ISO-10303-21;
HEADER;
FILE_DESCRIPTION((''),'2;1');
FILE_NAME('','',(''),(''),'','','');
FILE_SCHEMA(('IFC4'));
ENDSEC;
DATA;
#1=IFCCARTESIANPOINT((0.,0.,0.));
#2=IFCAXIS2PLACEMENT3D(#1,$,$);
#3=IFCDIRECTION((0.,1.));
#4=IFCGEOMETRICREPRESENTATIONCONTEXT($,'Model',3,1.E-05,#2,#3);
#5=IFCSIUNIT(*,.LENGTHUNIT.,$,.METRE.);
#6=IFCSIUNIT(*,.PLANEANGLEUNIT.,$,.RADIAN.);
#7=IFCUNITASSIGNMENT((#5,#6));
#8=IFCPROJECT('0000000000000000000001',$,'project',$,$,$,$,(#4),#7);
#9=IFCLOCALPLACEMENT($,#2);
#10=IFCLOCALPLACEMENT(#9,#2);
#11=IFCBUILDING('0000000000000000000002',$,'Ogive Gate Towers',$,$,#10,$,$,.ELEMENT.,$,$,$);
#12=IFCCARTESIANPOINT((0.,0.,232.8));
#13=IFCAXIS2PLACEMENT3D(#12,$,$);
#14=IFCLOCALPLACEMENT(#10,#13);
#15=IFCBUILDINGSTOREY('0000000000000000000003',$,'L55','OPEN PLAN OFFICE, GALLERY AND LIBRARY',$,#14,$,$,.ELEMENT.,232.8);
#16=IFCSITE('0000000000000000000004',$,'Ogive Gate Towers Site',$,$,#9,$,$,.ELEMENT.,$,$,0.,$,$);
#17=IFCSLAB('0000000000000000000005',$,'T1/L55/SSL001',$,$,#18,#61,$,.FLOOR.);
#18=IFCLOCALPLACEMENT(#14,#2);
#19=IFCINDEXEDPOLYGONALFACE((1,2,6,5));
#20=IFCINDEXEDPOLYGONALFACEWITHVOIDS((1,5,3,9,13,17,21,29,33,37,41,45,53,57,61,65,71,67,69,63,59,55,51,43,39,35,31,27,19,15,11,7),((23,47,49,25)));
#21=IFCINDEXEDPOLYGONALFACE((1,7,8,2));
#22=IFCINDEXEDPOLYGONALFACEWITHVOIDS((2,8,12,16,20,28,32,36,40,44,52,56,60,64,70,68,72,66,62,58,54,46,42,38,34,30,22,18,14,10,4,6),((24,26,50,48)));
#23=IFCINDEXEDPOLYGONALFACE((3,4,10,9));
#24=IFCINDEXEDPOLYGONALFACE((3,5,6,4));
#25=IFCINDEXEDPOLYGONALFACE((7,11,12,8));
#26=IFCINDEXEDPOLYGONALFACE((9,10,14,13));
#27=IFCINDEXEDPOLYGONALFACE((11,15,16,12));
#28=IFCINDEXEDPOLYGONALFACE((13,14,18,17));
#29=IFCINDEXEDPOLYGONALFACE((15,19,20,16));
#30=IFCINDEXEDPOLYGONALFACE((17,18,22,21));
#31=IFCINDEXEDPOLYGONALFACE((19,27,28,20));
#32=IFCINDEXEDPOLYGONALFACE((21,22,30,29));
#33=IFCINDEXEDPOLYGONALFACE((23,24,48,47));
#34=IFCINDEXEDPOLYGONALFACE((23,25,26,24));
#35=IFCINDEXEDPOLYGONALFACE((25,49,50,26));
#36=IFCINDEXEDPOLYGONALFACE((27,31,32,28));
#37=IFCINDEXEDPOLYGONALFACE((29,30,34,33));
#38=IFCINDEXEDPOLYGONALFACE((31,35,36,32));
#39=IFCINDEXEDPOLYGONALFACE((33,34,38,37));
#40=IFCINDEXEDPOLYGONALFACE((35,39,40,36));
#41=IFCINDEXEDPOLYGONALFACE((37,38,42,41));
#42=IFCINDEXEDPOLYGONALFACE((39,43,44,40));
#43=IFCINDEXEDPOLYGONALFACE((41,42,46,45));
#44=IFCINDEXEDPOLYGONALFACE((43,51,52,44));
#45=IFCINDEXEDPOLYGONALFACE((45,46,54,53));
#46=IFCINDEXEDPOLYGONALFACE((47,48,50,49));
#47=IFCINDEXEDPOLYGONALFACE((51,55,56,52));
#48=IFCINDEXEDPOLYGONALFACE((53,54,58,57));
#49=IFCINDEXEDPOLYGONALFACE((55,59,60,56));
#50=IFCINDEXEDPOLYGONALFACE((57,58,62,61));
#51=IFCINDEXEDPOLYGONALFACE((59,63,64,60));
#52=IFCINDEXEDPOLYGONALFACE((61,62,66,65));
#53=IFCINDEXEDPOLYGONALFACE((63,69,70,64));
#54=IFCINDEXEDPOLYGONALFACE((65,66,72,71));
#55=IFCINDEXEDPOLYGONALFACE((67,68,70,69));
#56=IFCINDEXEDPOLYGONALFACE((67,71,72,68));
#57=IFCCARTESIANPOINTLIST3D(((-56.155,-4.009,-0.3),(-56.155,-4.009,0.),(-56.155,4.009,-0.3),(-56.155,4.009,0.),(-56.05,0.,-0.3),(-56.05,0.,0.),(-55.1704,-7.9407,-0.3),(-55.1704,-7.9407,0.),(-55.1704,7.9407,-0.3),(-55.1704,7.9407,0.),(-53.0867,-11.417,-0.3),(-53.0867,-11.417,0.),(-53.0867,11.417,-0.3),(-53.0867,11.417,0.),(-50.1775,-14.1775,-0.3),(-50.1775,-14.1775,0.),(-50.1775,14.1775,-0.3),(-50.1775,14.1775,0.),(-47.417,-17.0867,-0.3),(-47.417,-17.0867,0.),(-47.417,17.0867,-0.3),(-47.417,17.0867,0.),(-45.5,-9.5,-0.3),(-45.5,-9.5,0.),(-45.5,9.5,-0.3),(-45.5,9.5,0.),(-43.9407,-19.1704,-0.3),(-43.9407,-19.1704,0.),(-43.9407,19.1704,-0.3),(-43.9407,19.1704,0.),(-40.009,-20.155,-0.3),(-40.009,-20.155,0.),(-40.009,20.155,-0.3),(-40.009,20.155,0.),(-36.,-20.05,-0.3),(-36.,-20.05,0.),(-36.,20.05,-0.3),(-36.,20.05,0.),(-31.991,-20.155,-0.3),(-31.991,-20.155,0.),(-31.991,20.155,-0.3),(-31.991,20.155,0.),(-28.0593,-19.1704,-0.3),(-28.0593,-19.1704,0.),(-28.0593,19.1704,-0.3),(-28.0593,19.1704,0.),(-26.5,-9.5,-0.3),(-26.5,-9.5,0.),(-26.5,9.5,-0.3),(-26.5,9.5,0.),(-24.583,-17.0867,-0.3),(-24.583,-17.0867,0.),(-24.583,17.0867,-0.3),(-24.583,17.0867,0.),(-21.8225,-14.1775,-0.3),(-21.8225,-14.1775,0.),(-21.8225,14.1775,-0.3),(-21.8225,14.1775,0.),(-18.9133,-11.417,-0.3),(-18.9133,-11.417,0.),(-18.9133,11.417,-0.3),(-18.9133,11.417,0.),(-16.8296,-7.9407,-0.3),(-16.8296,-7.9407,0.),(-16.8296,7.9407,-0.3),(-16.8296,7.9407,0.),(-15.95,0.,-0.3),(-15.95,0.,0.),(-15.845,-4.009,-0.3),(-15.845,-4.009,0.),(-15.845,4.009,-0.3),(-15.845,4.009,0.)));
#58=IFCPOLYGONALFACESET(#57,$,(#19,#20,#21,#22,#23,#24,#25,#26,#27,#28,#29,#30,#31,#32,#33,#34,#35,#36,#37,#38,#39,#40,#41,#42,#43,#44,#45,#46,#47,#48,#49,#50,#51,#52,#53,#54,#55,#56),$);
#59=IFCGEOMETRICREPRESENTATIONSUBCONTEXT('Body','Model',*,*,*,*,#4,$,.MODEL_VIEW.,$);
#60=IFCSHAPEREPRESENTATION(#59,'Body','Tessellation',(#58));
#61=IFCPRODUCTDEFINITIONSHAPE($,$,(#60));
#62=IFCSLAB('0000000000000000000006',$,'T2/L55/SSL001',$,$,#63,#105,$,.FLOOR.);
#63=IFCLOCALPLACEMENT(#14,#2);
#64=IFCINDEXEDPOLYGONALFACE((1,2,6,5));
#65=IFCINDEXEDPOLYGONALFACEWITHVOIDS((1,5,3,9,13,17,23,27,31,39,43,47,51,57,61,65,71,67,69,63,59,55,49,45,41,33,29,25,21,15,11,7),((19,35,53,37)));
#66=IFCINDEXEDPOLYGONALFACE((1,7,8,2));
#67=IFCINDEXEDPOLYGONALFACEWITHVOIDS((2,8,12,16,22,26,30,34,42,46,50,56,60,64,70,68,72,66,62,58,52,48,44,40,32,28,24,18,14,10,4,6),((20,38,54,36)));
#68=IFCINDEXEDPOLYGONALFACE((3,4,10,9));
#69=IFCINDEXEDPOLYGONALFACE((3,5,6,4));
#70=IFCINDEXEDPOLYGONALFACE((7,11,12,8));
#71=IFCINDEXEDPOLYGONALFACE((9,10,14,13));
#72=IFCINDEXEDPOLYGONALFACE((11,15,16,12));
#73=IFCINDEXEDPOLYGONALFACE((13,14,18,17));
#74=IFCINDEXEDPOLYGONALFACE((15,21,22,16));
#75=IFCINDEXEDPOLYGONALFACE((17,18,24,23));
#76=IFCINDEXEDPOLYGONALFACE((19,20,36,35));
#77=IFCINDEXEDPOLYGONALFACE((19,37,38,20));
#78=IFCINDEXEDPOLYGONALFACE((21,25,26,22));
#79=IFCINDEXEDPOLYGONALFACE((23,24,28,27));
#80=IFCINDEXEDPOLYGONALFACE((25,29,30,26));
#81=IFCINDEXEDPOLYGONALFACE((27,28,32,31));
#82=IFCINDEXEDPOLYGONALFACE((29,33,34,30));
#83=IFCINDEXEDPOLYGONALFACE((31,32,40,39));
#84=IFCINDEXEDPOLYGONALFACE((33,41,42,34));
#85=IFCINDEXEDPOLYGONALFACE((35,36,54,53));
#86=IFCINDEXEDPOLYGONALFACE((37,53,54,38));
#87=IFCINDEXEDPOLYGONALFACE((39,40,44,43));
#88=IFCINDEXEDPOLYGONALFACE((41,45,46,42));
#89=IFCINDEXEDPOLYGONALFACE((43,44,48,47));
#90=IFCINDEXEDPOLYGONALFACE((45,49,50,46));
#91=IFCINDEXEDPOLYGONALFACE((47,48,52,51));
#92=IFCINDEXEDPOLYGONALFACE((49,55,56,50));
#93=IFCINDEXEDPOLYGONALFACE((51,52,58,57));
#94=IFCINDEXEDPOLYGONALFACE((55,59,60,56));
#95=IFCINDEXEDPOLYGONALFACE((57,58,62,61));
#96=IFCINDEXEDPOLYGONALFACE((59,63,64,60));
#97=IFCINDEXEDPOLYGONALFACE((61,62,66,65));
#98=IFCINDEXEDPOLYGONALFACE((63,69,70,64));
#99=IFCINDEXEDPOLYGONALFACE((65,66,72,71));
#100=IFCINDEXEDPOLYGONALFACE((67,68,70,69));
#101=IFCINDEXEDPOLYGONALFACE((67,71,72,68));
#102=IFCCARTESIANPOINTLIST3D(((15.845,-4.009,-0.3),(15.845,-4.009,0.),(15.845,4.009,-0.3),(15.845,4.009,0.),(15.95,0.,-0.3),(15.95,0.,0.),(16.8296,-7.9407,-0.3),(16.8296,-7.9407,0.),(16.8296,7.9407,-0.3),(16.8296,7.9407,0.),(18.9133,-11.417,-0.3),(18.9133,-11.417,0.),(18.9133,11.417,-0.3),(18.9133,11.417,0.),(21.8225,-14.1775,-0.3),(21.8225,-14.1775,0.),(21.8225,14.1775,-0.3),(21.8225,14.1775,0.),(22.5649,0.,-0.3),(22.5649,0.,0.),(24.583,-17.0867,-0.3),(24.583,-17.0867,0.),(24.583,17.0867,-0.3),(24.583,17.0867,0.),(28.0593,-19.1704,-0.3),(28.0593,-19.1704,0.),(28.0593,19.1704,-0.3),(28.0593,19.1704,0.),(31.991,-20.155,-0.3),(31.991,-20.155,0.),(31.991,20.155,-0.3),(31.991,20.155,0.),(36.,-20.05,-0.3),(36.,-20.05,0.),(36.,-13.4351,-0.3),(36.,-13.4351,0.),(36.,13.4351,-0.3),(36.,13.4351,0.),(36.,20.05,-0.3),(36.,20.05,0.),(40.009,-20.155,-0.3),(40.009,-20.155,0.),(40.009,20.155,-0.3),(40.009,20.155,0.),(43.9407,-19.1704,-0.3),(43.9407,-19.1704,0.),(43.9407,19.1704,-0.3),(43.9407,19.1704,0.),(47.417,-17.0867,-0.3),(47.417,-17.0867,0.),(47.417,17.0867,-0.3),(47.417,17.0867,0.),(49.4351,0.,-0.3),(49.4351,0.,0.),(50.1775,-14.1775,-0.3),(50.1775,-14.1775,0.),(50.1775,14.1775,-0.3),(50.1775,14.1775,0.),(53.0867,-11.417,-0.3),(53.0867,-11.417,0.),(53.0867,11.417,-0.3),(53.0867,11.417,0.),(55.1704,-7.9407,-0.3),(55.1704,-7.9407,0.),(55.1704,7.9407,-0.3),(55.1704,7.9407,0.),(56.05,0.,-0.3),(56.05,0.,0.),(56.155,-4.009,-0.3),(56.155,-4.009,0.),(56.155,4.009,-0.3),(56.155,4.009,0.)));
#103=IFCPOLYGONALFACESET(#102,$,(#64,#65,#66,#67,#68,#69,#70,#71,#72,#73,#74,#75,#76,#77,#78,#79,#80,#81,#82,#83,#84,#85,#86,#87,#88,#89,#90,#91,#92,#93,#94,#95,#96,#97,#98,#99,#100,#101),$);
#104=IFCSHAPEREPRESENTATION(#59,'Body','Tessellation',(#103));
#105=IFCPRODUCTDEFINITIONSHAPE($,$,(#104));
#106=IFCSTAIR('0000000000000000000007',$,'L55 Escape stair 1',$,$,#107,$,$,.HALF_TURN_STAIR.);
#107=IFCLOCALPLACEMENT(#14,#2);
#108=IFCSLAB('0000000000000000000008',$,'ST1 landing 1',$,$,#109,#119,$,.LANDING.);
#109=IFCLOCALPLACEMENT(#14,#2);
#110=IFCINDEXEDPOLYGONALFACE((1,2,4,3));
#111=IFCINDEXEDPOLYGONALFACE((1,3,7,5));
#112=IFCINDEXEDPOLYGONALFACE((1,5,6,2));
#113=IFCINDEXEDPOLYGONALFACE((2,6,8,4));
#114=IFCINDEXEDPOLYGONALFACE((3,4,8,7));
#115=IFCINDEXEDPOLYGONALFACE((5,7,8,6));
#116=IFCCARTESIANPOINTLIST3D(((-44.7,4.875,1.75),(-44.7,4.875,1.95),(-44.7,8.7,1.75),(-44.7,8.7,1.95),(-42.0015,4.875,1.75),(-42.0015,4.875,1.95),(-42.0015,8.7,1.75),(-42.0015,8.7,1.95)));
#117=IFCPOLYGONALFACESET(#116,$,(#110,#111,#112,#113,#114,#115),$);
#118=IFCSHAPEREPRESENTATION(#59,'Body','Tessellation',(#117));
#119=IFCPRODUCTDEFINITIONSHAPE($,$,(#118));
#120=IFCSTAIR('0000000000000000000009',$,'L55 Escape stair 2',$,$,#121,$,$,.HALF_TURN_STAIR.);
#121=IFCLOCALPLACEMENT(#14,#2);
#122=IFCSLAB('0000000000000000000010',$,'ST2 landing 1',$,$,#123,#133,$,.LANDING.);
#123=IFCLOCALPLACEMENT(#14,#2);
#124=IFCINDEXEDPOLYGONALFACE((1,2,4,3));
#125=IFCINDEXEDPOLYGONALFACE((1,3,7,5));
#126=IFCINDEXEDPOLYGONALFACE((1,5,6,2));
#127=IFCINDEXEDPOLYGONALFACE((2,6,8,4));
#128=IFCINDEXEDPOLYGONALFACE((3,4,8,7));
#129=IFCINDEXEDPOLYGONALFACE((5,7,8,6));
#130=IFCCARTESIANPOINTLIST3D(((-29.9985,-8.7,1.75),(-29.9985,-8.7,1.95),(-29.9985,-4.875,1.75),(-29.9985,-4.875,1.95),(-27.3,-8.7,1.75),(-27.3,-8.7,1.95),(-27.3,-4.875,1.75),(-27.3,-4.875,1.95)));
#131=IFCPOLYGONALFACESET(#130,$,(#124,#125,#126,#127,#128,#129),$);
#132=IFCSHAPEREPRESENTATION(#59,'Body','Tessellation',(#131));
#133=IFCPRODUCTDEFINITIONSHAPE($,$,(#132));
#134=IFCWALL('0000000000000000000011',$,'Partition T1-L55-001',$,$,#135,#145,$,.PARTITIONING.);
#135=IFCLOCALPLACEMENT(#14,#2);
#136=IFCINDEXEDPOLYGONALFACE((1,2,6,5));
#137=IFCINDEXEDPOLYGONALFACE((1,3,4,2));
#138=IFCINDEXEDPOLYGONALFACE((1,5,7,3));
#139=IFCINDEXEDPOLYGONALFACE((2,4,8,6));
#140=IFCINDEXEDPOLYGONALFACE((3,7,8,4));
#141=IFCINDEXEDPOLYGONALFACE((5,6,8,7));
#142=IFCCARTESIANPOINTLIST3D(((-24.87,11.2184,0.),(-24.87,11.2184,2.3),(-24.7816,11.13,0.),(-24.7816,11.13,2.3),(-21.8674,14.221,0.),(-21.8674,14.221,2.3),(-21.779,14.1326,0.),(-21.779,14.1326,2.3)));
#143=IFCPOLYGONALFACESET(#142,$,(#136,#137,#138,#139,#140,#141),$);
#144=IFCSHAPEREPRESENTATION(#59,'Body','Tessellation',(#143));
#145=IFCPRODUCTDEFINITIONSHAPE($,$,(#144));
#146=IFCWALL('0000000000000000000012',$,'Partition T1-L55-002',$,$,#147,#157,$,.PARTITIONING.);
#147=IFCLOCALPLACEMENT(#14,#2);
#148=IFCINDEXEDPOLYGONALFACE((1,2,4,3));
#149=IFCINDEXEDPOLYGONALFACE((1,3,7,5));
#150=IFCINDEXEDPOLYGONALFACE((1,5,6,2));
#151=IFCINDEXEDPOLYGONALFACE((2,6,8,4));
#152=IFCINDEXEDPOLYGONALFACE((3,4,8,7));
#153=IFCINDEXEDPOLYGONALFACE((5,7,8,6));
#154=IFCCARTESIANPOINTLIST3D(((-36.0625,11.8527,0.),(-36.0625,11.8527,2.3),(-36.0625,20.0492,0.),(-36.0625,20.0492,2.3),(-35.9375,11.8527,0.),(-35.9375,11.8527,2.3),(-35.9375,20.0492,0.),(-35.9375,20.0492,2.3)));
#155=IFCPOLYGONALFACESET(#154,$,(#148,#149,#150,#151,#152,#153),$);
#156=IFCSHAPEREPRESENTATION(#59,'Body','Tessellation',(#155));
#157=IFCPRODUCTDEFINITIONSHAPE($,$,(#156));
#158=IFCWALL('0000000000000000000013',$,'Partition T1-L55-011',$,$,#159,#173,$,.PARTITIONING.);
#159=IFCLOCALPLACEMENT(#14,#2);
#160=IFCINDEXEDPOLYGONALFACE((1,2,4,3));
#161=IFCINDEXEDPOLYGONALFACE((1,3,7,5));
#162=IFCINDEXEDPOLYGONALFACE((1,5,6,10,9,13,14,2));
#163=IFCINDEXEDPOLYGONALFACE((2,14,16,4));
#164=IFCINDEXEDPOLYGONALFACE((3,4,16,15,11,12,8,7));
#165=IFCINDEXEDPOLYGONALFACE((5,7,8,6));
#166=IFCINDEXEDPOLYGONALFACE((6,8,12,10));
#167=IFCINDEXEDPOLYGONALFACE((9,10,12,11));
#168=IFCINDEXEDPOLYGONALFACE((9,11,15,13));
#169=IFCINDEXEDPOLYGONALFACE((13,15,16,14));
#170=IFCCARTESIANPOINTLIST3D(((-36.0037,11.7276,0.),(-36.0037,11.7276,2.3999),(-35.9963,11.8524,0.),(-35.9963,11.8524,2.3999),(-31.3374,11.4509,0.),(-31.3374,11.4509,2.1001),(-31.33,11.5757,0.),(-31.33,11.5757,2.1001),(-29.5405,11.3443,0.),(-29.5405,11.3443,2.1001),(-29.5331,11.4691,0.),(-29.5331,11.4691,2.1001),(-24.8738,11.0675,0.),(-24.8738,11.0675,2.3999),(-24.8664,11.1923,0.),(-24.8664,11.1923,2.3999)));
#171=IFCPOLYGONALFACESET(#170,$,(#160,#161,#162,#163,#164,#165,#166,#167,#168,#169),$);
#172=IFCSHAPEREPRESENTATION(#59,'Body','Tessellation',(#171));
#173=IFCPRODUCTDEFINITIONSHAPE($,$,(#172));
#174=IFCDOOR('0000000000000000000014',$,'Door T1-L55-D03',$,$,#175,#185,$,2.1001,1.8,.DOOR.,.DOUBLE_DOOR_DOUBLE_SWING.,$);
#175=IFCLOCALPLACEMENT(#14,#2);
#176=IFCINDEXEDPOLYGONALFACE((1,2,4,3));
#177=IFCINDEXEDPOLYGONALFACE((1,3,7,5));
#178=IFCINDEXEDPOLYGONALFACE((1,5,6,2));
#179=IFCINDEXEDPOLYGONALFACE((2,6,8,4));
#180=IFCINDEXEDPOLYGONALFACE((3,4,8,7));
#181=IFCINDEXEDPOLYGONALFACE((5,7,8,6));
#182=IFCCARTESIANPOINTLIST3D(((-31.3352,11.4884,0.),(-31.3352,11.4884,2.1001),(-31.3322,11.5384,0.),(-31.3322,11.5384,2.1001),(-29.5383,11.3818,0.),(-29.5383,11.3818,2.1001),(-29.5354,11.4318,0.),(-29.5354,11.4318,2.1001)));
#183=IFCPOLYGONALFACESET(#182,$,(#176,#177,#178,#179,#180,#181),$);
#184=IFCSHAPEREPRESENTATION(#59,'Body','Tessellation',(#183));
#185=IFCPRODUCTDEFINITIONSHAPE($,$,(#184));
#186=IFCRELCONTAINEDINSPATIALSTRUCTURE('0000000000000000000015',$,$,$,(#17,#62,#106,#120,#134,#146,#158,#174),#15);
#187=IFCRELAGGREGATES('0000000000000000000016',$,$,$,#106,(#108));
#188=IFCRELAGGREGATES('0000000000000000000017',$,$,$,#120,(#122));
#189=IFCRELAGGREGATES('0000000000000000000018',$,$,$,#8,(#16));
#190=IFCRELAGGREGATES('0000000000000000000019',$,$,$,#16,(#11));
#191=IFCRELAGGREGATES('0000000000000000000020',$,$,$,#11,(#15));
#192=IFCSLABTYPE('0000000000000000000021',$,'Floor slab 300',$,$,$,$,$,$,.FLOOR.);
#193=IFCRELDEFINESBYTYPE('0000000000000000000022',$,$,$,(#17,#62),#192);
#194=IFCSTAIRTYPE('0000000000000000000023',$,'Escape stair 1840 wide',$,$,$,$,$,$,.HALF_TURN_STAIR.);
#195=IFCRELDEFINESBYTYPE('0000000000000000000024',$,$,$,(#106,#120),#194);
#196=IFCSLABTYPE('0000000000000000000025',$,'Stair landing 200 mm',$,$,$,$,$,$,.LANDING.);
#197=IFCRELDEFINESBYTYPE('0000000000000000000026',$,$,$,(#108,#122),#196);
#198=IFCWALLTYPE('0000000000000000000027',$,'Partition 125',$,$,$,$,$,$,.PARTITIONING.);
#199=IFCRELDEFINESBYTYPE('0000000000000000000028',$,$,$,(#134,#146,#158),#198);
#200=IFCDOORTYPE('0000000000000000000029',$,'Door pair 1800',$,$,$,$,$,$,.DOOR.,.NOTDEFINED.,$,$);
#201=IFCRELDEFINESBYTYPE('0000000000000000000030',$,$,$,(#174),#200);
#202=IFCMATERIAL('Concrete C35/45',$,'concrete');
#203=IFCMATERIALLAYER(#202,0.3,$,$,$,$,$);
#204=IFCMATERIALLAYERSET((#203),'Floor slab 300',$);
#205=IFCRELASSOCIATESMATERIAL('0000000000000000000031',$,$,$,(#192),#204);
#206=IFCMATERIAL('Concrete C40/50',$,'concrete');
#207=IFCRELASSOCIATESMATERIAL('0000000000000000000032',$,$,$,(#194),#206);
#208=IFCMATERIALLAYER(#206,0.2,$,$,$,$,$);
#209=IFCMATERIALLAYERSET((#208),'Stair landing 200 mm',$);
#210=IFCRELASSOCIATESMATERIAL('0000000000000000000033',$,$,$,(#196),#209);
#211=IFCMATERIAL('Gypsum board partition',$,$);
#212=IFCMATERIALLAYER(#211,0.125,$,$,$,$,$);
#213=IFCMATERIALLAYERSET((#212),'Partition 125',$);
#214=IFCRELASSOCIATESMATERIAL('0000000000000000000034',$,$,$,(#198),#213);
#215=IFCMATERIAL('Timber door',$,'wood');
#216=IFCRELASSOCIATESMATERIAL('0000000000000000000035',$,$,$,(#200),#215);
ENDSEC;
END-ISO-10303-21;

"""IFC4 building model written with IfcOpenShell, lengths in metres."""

from ifc_helpers import new_model, si_unit, direction, frame, frame_2d, origin, place, context, subcontext, project, spatial, polyline, rectangle, outline, extrude, material, layer, layer_set, type_object, element, fill, aggregate, save


model = new_model("IFC4")

# Units and contexts
model_context = context("Model", 3, precision=1e-05, world=origin(), true_north=direction((0.0, 1.0)))
body_context = subcontext(model_context, "Body", "Model", "MODEL_VIEW")
ifc_project = project(units=[si_unit("LENGTHUNIT", "METRE"), si_unit("PLANEANGLEUNIT", "RADIAN")], contexts=[model_context])

# Site, building, storey
site_placement = place(None, origin())
site = spatial("IfcSite", under=ifc_project, at=site_placement, Name="Ogive Gate Towers Site", CompositionType="ELEMENT", RefElevation=0.0)
building_placement = place(site_placement, origin())
building = spatial("IfcBuilding", under=site, at=building_placement, Name="Ogive Gate Towers", CompositionType="ELEMENT")
storey_placement = place(building_placement, frame((0.0, 0.0, 232.8)))
storey = spatial("IfcBuildingStorey", under=building, at=storey_placement, Name="L55", Description="OPEN PLAN OFFICE, GALLERY AND LIBRARY", CompositionType="ELEMENT", Elevation=232.8)

# Slabs
ifc_material_1 = material(Name="Concrete C40/50", Category="concrete")
ifc_material_2 = material(Name="Concrete C35/45", Category="concrete")
ifc_layer_1 = layer(ifc_material_2, 0.3)
ifc_layer_set_1 = layer_set([ifc_layer_1], Name="Floor slab 300")
slab_type_1 = type_object("IfcSlabType", Name="Floor slab 300", PredefinedType="FLOOR", material=ifc_layer_set_1)
slab_1_placement = place(storey_placement, frame((0.0, 0.0, -0.3)))
element("IfcSlab", 1, at=slab_1_placement, inside=storey, type_object=slab_type_1, Name="T1/L55/SSL001", PredefinedType="FLOOR", context=body_context, shape_type="SweptSolid", body=[
    extrude(outline(polyline([(-15.845, -4.009), (-15.95, 0.0), (-15.845, 4.009), (-16.8296, 7.9407), (-18.9133, 11.417), (-21.8225, 14.1775), (-24.583, 17.0867), (-28.0593, 19.1704), (-31.991, 20.155), (-36.0, 20.05), (-40.009, 20.155), (-43.9407, 19.1704), (-47.417, 17.0867), (-50.1775, 14.1775), (-53.0867, 11.417), (-55.1704, 7.9407), (-56.155, 4.009), (-56.05, 0.0), (-56.155, -4.009), (-55.1704, -7.9407), (-53.0867, -11.417), (-50.1775, -14.1775), (-47.417, -17.0867), (-43.9407, -19.1704), (-40.009, -20.155), (-36.0, -20.05), (-31.991, -20.155), (-28.0593, -19.1704), (-24.583, -17.0867), (-21.8225, -14.1775), (-18.9133, -11.417), (-16.8296, -7.9407), (-15.845, -4.009)]), holes=[polyline([(-26.5, -9.5), (-45.5, -9.5), (-45.5, 9.5), (-26.5, 9.5), (-26.5, -9.5)])]), origin(), (0.0, 0.0, 1.0), 0.3),
])
slab_2_placement = place(storey_placement, frame((0.0, 0.0, -0.3)))
element("IfcSlab", 2, at=slab_2_placement, inside=storey, type_object=slab_type_1, Name="T2/L55/SSL001", PredefinedType="FLOOR", context=body_context, shape_type="SweptSolid", body=[
    extrude(outline(polyline([(56.155, -4.009), (56.05, 0.0), (56.155, 4.009), (55.1704, 7.9407), (53.0867, 11.417), (50.1775, 14.1775), (47.417, 17.0867), (43.9407, 19.1704), (40.009, 20.155), (36.0, 20.05), (31.991, 20.155), (28.0593, 19.1704), (24.583, 17.0867), (21.8225, 14.1775), (18.9133, 11.417), (16.8296, 7.9407), (15.845, 4.009), (15.95, 0.0), (15.845, -4.009), (16.8296, -7.9407), (18.9133, -11.417), (21.8225, -14.1775), (24.583, -17.0867), (28.0593, -19.1704), (31.991, -20.155), (36.0, -20.05), (40.009, -20.155), (43.9407, -19.1704), (47.417, -17.0867), (50.1775, -14.1775), (53.0867, -11.417), (55.1704, -7.9407), (56.155, -4.009)]), holes=[polyline([(49.4351, 0.0), (36.0, -13.4351), (22.5649, 0.0), (36.0, 13.4351), (49.4351, 0.0)])]), origin(), (0.0, 0.0, 1.0), 0.3),
])

# Stairs, slabs
stair_type = type_object("IfcStairType", Name="Escape stair 1840 wide", PredefinedType="HALF_TURN_STAIR", material=ifc_material_1)
stair_1_placement = place(storey_placement, origin())
stair_1 = element("IfcStair", 3, at=stair_1_placement, inside=storey, type_object=stair_type, Name="L55 Escape stair 1", PredefinedType="HALF_TURN_STAIR")
ifc_layer_2 = layer(ifc_material_1, 0.2)
ifc_layer_set_2 = layer_set([ifc_layer_2], Name="Stair landing 200 mm")
slab_type_2 = type_object("IfcSlabType", Name="Stair landing 200 mm", PredefinedType="LANDING", material=ifc_layer_set_2)
slab_3_placement = place(storey_placement, frame((0.0, 0.0, 1.75)))
slab_3 = element("IfcSlab", 4, at=slab_3_placement, type_object=slab_type_2, Name="ST1 landing 1", PredefinedType="LANDING", context=body_context, shape_type="SweptSolid", body=[
    extrude(outline(polyline([(-42.0015, 8.7), (-44.7, 8.7), (-44.7, 4.875), (-42.0015, 4.875), (-42.0015, 8.7)])), origin(), (0.0, 0.0, 1.0), 0.2),
])
aggregate(stair_1, [slab_3])
stair_2_placement = place(storey_placement, origin())
stair_2 = element("IfcStair", 5, at=stair_2_placement, inside=storey, type_object=stair_type, Name="L55 Escape stair 2", PredefinedType="HALF_TURN_STAIR")
slab_4_placement = place(storey_placement, frame((0.0, 0.0, 1.75)))
slab_4 = element("IfcSlab", 6, at=slab_4_placement, type_object=slab_type_2, Name="ST2 landing 1", PredefinedType="LANDING", context=body_context, shape_type="SweptSolid", body=[
    extrude(outline(polyline([(-29.9985, -8.7), (-27.3, -8.7), (-27.3, -4.875), (-29.9985, -4.875), (-29.9985, -8.7)])), origin(), (0.0, 0.0, 1.0), 0.2),
])
aggregate(stair_2, [slab_4])

# Walls
ifc_material_3 = material(Name="Gypsum board partition")
ifc_layer_3 = layer(ifc_material_3, 0.125)
ifc_layer_set_3 = layer_set([ifc_layer_3], Name="Partition 125")
wall_type_1 = type_object("IfcWallType", Name="Partition 125", PredefinedType="PARTITIONING", material=ifc_layer_set_3)
wall_1_placement = place(storey_placement, frame((-21.8232, 14.1768, 0.0), z_axis=(0.0, 0.0, 1.0), x_axis=(-0.707107, -0.707107, 0.0)))
element("IfcWall", 7, at=wall_1_placement, inside=storey, type_object=wall_type_1, Name="Partition T1-L55-001", PredefinedType="PARTITIONING", context=body_context, shape_type="SweptSolid", body=[
    extrude(rectangle(XDim=4.2463, YDim=0.125, at=frame_2d((2.123, 0.0))), origin(), (0.0, 0.0, 1.0), 2.3),
])
wall_2_placement = place(storey_placement, frame((-36.0, 20.0491, 0.0), z_axis=(0.0, 0.0, 1.0), x_axis=(0.0, -1.0, 0.0)))
element("IfcWall", 8, at=wall_2_placement, inside=storey, type_object=wall_type_1, Name="Partition T1-L55-002", PredefinedType="PARTITIONING", context=body_context, shape_type="SweptSolid", body=[
    extrude(rectangle(XDim=8.1965, YDim=0.125, at=frame_2d((4.0981, 0.0))), origin(), (0.0, 0.0, 1.0), 2.3),
])

# Wall, opening, door
wall_3_placement = place(storey_placement, frame((-24.8701, 11.1299, 0.0), z_axis=(0.0, 0.0, 1.0), x_axis=(-0.998246, 0.05921, 0.0)))
wall_3 = element("IfcWall", 9, at=wall_3_placement, inside=storey, type_object=wall_type_1, Name="Partition T1-L55-011", PredefinedType="PARTITIONING", context=body_context, shape_type="SweptSolid", body=[
    extrude(rectangle(XDim=11.1494, YDim=0.125, at=frame_2d((5.5747, 0.0))), origin(), (0.0, 0.0, 1.0), 2.3999),
])
opening_1_placement = place(wall_3_placement, frame((4.675, 0.0, 0.0)))
opening_1 = element("IfcOpeningElement", 10, at=opening_1_placement, cuts=wall_3, PredefinedType="OPENING", context=body_context, shape_type="SweptSolid", body=[
    extrude(rectangle(XDim=1.8, YDim=2.1001, at=frame_2d((0.8999, 1.05))), frame((0.0, 0.0725, 0.0), z_axis=(0.0, -1.0, 0.0), x_axis=(1.0, 0.0, 0.0)), (0.0, 0.0, 1.0), 0.145),
])
ifc_material_4 = material(Name="Timber door", Category="wood")
door_type_1 = type_object("IfcDoorType", Name="Door pair 1800", OperationType="NOTDEFINED", PredefinedType="DOOR", material=ifc_material_4)
door_1_placement = place(opening_1_placement, origin())
door_1 = element("IfcDoor", 11, at=door_1_placement, inside=storey, type_object=door_type_1, Name="Door T1-L55-D03", OperationType="DOUBLE_DOOR_DOUBLE_SWING", OverallHeight=2.1001, OverallWidth=1.8, PredefinedType="DOOR", context=body_context, shape_type="SweptSolid", body=[
    extrude(rectangle(XDim=1.8, YDim=2.1001, at=frame_2d((0.8999, 1.05))), frame((0.0, 0.0249, 0.0), z_axis=(0.0, -1.0, 0.0), x_axis=(1.0, 0.0, 0.0)), (0.0, 0.0, 1.0), 0.05),
])
fill(opening_1, door_1)

save(model, "model.ifc")
